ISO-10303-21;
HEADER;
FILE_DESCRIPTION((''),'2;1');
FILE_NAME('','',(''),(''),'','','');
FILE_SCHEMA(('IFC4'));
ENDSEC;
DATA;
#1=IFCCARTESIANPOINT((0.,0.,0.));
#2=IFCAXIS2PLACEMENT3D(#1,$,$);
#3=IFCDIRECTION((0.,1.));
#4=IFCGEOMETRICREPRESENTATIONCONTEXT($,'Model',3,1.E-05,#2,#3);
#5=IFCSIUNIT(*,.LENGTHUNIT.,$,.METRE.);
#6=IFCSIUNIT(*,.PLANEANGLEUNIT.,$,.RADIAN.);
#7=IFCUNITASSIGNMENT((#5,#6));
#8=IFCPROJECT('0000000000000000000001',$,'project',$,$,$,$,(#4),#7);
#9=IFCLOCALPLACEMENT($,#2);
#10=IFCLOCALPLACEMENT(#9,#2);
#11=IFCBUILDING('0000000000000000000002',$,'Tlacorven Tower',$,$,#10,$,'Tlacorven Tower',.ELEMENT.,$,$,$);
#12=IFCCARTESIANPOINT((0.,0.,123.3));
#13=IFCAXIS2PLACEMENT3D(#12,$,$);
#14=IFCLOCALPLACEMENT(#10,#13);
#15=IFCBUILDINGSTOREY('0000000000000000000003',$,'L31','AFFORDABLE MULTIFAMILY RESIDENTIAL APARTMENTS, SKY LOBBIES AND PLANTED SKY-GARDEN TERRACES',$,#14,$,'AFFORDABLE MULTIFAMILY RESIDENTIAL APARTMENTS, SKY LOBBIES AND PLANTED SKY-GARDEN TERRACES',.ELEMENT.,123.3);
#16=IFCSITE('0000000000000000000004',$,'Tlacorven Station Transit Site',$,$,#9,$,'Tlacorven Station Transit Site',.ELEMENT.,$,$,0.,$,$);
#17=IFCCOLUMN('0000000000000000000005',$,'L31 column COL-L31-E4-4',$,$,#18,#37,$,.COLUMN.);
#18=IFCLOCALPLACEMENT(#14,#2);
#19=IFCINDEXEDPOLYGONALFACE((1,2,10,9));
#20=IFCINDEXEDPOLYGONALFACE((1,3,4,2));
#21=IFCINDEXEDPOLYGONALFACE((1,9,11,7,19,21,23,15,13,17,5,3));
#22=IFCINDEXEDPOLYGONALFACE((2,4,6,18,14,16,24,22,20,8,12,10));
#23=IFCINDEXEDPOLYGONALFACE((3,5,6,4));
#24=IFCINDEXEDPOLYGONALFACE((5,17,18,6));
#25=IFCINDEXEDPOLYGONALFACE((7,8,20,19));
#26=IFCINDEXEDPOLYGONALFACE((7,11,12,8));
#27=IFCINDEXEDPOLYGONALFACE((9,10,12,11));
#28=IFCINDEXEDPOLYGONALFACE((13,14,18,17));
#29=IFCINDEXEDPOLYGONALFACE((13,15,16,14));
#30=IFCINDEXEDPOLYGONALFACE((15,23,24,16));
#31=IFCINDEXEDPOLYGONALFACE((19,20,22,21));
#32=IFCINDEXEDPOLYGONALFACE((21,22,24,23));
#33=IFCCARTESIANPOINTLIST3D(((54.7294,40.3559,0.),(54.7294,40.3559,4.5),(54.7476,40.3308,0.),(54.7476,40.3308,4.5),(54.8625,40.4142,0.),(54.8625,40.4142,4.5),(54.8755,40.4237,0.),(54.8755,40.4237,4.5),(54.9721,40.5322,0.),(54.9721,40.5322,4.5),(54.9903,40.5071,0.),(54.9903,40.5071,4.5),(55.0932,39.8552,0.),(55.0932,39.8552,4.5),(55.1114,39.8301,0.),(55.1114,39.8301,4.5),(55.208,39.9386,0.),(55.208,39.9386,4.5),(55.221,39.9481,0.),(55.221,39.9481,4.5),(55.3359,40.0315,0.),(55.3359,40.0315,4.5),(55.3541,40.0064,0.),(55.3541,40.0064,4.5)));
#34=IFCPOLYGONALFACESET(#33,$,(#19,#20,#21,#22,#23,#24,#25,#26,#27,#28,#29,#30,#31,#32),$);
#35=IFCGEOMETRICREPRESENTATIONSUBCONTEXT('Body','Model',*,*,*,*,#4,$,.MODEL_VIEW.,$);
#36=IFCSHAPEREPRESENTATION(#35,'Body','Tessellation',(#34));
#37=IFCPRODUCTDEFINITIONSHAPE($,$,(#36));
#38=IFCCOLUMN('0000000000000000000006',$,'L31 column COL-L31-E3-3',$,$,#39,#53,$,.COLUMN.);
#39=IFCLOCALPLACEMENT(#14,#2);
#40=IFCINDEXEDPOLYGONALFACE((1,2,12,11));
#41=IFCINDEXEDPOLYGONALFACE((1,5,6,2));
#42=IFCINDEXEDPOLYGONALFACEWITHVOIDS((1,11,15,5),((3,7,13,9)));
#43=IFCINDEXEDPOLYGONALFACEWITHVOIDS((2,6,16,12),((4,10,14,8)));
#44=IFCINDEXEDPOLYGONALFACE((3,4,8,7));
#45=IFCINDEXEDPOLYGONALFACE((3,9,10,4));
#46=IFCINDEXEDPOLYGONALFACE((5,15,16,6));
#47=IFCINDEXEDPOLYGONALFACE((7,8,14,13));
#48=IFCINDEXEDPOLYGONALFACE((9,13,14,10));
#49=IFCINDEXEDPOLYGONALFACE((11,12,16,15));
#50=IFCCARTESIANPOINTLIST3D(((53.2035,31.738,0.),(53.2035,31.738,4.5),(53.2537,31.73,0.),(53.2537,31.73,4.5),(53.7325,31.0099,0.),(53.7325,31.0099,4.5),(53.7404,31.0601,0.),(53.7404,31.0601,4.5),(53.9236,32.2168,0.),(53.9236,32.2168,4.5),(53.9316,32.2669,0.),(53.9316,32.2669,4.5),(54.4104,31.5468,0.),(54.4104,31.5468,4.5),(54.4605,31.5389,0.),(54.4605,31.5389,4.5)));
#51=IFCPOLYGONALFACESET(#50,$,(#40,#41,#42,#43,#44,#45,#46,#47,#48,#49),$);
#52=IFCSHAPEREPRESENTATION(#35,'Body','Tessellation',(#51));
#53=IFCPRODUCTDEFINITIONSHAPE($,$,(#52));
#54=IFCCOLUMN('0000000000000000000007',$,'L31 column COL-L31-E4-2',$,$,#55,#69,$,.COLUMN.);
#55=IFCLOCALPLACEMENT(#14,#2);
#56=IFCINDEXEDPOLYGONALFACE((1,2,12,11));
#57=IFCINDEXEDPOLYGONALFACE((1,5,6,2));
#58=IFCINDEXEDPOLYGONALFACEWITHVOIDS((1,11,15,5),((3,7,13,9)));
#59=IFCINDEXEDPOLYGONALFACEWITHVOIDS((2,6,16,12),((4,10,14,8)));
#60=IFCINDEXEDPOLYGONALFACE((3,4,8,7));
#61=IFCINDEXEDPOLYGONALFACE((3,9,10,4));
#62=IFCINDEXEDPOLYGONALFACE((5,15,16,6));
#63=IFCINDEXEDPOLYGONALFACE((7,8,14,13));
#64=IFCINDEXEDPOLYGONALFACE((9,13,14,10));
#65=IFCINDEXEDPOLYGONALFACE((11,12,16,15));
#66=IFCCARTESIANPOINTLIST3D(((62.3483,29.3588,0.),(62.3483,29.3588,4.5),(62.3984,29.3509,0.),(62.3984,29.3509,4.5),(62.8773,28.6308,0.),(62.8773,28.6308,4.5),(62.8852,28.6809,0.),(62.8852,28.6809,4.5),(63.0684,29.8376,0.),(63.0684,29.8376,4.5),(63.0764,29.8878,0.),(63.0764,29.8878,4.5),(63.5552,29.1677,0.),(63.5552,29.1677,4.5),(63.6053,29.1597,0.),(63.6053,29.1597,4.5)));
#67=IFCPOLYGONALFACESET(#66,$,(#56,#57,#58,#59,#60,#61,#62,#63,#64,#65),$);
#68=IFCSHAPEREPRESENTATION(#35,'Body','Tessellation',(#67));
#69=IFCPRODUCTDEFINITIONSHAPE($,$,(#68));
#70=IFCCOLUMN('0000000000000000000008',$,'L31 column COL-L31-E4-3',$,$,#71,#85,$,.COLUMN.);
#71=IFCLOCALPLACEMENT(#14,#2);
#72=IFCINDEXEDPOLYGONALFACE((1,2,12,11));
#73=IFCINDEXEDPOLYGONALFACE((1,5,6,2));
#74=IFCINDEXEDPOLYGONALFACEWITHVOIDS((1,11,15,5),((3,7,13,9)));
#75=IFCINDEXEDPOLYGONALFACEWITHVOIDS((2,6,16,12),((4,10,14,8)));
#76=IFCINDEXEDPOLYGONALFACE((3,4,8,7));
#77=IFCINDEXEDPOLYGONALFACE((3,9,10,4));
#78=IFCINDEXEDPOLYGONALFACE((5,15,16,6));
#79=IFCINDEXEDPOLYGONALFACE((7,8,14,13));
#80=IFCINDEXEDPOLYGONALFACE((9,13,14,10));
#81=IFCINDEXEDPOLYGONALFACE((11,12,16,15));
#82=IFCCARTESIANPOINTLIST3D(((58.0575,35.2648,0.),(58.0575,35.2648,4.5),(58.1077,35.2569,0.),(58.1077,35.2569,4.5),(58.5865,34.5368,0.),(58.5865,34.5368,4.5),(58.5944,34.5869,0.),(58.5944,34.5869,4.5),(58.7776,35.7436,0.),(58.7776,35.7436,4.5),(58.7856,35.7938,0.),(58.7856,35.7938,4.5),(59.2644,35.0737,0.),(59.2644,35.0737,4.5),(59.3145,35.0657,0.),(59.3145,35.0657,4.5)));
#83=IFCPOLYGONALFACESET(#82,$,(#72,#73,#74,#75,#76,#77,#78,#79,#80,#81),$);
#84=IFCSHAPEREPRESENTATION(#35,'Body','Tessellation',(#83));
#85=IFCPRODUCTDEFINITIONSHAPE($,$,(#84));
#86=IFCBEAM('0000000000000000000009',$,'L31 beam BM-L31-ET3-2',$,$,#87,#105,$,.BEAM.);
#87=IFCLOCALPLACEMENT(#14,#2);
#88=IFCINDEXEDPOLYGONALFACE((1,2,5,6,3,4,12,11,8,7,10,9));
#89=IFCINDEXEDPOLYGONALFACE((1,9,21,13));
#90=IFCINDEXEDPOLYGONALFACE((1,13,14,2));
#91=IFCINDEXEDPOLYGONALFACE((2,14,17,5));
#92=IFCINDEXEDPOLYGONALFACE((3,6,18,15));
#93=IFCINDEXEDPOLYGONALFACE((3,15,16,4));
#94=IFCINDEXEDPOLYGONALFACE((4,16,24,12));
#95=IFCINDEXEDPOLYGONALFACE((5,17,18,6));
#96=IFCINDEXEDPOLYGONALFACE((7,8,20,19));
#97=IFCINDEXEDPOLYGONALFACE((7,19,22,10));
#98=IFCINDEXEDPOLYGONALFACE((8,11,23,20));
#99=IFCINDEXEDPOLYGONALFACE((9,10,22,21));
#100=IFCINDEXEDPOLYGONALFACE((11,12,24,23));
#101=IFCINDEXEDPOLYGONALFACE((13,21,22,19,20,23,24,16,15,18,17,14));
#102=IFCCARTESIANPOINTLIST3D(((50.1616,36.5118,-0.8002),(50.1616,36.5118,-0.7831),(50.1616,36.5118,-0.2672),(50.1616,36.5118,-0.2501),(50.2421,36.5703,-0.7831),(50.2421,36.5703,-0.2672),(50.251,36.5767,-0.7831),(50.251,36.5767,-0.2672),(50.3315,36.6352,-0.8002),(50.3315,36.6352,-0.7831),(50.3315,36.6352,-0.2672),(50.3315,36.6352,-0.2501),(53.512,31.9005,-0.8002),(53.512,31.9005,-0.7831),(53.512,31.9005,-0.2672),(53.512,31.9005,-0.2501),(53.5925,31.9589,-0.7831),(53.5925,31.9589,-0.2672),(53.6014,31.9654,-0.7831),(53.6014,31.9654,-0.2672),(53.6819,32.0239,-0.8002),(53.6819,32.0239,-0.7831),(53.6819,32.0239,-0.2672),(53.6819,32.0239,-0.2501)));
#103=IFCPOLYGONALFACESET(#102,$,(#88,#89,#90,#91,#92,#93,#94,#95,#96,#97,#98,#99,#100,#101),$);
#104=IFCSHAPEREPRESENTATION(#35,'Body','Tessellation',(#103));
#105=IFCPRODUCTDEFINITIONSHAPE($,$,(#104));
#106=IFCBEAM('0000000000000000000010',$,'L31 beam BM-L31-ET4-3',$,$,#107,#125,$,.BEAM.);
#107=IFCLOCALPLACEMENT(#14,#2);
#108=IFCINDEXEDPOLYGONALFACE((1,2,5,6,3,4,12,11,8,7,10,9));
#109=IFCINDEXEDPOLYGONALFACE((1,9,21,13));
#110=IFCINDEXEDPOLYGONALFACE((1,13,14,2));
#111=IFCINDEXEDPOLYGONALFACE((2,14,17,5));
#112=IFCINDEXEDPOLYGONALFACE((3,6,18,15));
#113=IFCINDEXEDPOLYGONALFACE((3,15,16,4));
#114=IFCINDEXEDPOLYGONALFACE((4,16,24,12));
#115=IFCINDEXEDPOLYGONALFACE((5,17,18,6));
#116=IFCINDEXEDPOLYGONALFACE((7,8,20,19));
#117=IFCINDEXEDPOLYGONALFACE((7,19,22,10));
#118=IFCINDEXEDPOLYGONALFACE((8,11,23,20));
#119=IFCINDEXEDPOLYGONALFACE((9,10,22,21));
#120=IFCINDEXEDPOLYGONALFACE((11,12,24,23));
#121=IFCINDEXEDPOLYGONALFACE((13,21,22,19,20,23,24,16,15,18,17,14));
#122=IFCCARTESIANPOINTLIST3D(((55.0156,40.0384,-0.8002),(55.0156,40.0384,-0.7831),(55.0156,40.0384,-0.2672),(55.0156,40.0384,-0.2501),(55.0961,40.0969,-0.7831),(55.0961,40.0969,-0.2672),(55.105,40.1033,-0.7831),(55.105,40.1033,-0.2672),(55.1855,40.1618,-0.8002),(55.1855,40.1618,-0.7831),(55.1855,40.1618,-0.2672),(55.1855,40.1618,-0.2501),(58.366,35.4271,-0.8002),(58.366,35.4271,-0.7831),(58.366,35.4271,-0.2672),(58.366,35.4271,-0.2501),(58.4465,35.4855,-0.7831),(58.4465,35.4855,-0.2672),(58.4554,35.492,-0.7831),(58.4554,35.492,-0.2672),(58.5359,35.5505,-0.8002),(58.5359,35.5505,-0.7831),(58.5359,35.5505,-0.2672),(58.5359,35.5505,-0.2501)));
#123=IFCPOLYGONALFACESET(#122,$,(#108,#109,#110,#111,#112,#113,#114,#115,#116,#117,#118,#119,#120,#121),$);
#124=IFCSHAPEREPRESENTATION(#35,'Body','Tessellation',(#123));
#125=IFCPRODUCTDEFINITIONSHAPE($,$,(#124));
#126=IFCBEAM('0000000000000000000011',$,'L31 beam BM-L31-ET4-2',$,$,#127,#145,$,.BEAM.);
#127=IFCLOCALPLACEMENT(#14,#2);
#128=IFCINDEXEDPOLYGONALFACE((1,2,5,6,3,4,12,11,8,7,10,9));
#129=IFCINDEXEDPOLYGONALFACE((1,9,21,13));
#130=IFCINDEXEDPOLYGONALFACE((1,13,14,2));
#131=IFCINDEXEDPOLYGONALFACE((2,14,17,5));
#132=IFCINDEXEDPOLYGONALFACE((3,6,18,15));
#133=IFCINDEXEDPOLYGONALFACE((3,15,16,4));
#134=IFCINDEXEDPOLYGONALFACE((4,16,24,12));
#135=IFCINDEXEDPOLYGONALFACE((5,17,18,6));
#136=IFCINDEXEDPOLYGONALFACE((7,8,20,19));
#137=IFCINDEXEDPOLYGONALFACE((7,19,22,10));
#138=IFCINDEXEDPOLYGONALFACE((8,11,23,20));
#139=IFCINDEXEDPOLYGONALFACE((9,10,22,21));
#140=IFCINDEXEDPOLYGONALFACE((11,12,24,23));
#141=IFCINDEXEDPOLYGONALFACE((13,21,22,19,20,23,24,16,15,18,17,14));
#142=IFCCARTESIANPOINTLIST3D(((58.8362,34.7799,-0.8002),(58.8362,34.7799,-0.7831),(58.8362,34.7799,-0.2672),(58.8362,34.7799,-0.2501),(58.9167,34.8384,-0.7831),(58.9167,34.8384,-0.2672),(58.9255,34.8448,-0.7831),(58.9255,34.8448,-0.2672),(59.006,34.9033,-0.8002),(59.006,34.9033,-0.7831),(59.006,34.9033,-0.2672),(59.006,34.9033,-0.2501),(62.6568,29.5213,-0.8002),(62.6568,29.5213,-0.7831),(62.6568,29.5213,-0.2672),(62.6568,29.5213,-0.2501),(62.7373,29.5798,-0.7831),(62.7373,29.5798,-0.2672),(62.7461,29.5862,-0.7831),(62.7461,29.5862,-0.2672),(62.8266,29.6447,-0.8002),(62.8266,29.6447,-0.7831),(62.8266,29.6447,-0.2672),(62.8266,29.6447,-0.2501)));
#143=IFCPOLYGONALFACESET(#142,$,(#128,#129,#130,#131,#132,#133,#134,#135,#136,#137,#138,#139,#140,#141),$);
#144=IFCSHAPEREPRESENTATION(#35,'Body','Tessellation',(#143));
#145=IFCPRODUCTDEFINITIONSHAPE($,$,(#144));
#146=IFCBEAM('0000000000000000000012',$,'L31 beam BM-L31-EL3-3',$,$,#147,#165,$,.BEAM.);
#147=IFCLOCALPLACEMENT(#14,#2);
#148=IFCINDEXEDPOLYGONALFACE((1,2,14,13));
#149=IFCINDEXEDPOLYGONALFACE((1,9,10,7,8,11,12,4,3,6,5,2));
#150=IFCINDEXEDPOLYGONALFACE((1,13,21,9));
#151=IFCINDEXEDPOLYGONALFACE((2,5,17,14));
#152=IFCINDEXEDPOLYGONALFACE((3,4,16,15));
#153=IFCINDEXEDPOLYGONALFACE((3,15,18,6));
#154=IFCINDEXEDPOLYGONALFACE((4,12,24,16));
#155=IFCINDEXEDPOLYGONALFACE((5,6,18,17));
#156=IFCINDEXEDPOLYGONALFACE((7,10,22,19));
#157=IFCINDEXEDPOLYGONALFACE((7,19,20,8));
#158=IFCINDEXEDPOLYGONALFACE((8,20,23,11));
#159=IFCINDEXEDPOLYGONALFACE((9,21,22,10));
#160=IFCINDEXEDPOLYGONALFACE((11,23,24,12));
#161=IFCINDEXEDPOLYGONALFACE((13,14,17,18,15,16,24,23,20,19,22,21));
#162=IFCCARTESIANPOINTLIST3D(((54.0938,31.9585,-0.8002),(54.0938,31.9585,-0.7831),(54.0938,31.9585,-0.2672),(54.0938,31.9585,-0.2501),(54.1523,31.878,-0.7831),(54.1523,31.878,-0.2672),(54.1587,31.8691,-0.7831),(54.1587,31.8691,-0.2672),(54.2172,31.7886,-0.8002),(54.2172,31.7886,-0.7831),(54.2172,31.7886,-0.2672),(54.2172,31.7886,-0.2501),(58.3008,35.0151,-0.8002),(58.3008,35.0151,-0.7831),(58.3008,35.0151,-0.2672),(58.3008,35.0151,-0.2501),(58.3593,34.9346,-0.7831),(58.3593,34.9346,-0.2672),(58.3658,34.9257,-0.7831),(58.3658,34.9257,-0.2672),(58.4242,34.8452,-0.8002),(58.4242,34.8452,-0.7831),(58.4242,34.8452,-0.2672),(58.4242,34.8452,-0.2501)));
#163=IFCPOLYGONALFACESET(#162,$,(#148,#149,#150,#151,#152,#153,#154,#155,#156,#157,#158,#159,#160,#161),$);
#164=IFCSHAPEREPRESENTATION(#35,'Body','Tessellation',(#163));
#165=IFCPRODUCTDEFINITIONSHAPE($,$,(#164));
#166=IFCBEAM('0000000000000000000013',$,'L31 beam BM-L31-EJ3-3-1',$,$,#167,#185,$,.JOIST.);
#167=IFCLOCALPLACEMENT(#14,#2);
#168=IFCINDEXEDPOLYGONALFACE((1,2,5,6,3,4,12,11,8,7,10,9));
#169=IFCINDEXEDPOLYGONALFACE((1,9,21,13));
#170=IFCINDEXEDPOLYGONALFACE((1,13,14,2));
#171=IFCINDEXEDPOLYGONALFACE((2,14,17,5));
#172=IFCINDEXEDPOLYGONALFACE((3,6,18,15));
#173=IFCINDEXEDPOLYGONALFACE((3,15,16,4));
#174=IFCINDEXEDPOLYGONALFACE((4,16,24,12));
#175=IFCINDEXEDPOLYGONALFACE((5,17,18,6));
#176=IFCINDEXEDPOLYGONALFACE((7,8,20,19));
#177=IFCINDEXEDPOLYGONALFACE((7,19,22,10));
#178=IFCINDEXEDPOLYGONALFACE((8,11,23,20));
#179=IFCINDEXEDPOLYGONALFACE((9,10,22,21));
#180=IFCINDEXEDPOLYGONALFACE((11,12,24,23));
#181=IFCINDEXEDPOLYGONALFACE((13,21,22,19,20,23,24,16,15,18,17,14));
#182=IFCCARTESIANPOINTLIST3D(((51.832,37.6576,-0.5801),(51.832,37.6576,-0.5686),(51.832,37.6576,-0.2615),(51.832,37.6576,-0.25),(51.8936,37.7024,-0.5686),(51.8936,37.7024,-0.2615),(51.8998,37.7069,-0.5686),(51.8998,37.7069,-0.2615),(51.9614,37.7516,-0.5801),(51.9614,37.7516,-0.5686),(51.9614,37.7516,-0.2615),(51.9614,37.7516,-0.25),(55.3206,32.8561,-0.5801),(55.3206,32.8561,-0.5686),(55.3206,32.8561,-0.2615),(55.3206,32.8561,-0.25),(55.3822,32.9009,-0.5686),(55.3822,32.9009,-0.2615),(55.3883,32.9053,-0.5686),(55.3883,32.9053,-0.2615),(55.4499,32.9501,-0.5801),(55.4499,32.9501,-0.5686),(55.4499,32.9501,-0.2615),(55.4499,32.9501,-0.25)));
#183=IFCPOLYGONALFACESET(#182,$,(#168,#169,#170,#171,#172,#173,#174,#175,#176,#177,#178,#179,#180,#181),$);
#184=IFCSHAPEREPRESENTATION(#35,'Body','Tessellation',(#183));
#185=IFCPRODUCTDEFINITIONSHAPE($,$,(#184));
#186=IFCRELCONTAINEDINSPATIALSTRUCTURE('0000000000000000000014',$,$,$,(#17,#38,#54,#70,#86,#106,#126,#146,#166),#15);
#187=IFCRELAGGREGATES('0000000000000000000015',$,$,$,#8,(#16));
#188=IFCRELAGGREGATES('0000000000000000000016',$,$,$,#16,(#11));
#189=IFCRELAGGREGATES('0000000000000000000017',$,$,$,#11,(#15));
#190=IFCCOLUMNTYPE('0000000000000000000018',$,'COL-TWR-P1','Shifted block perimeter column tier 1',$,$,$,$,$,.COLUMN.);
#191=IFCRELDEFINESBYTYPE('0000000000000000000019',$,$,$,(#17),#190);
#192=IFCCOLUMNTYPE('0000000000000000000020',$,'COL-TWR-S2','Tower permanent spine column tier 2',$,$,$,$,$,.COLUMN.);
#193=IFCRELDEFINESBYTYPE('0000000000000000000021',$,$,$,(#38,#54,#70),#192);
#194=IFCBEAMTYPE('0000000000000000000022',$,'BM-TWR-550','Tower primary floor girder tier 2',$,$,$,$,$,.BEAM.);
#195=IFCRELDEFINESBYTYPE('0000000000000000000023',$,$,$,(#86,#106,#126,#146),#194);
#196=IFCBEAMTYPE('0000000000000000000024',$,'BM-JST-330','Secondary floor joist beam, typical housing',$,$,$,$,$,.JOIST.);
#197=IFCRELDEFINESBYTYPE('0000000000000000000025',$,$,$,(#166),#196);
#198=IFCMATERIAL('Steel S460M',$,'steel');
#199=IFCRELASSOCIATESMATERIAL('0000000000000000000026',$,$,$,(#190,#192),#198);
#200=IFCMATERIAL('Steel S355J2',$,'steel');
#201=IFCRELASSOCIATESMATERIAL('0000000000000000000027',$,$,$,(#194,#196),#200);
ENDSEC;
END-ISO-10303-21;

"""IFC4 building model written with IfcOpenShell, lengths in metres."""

from ifc_helpers import new_model, si_unit, direction, frame, origin, origin_2d, place, context, subcontext, project, spatial, hollow_rectangle, i_section, extrude, source, transform, mapped, material, material_profile, profile_set, type_object, element, save


model = new_model("IFC4")

# Units and contexts
model_context = context("Model", 3, precision=1e-05, world=origin(), true_north=direction((0.0, 1.0)))
body_context = subcontext(model_context, "Body", "Model", "MODEL_VIEW")
ifc_project = project(units=[si_unit("LENGTHUNIT", "METRE"), si_unit("PLANEANGLEUNIT", "RADIAN")], contexts=[model_context])

# Site, building, storey
site_placement = place(None, origin())
site = spatial("IfcSite", under=ifc_project, at=site_placement, Name="Tlacorven Station Transit Site", LongName="Tlacorven Station Transit Site", CompositionType="ELEMENT", RefElevation=0.0)
building_placement = place(site_placement, origin())
building = spatial("IfcBuilding", under=site, at=building_placement, Name="Tlacorven Tower", LongName="Tlacorven Tower", CompositionType="ELEMENT")
storey_placement = place(building_placement, frame((0.0, 0.0, 123.3)))
storey = spatial("IfcBuildingStorey", under=building, at=storey_placement, Name="L31", Description="AFFORDABLE MULTIFAMILY RESIDENTIAL APARTMENTS, SKY LOBBIES AND PLANTED SKY-GARDEN TERRACES", LongName="AFFORDABLE MULTIFAMILY RESIDENTIAL APARTMENTS, SKY LOBBIES AND PLANTED SKY-GARDEN TERRACES", CompositionType="ELEMENT", Elevation=123.3)

# Columns
ifc_material_1 = material(Name="Steel S460M", Category="steel")
ifc_material_profile_1 = material_profile(ifc_material_1, i_section(OverallWidth=0.3, OverallDepth=0.6499, WebThickness=0.0161, FlangeThickness=0.031, at=origin_2d()), Name="HEB 650")
ifc_profile_set_1 = profile_set([ifc_material_profile_1], Name="Steel S460M")
column_type_1 = type_object("IfcColumnType", Name="COL-TWR-P1", Description="Shifted block perimeter column tier 1", PredefinedType="COLUMN", material=ifc_profile_set_1)
shared_shape_1 = source(origin(), body_context, "Body", "SweptSolid", [
    extrude(i_section(OverallWidth=0.3, OverallDepth=0.6499, WebThickness=0.0161, FlangeThickness=0.031, at=origin_2d()), origin(), (0.0, 0.0, 1.0), 4.5),
])
column_placement = place(storey_placement, frame((55.0417, 40.1812, 0.0), z_axis=(0.0, 0.0, 1.0), x_axis=(0.809017, 0.587785, 0.0)))
element("IfcColumn", 1, at=column_placement, inside=storey, type_object=column_type_1, Name="L31 column COL-L31-E4-4", PredefinedType="COLUMN", context=body_context, shape_type="MappedRepresentation", body=[
    mapped(shared_shape_1, transform((0.0, 0.0, 0.0), scale=1.0)),
])
ifc_material_profile_2 = material_profile(ifc_material_1, hollow_rectangle(XDim=0.8999, YDim=0.8999, WallThickness=0.0359, at=origin_2d()), Name="BOX 900X900X36")
ifc_profile_set_2 = profile_set([ifc_material_profile_2], Name="Steel S460M")
column_type_2 = type_object("IfcColumnType", Name="COL-TWR-S2", Description="Tower permanent spine column tier 2", PredefinedType="COLUMN", material=ifc_profile_set_2)
shared_shape_2 = source(origin(), body_context, "Body", "SweptSolid", [
    extrude(hollow_rectangle(XDim=0.8999, YDim=0.8999, WallThickness=0.0359, at=origin_2d()), origin(), (0.0, 0.0, 1.0), 4.5),
])
for number, where, z_axis, x_axis, name in (
    (2, (53.832, 31.6384, 0.0), (0.0, 0.0, 1.0), (0.809017, 0.587785, 0.0), "L31 column COL-L31-E3-3"),
    (3, (62.9768, 29.2593, 0.0), (0.0, 0.0, 1.0), (0.809017, 0.587785, 0.0), "L31 column COL-L31-E4-2"),
    (4, (58.686, 35.1653, 0.0), (0.0, 0.0, 1.0), (0.809017, 0.587785, 0.0), "L31 column COL-L31-E4-3"),
):
    element("IfcColumn", number, at=place(storey_placement, frame(where, z_axis=z_axis, x_axis=x_axis)), inside=storey, type_object=column_type_2, Name=name, PredefinedType="COLUMN", context=body_context, shape_type="MappedRepresentation", body=[
        mapped(shared_shape_2, transform((0.0, 0.0, 0.0), scale=1.0)),
    ])

# Beams
ifc_material_2 = material(Name="Steel S355J2", Category="steel")
ifc_material_profile_3 = material_profile(ifc_material_2, i_section(OverallWidth=0.21, OverallDepth=0.55, WebThickness=0.011, FlangeThickness=0.0171, at=origin_2d()), Name="IPE 550")
ifc_profile_set_3 = profile_set([ifc_material_profile_3], Name="Steel S355J2")
beam_type_1 = type_object("IfcBeamType", Name="BM-TWR-550", Description="Tower primary floor girder tier 2", PredefinedType="BEAM", material=ifc_profile_set_3)
shared_shape_3 = source(origin(), body_context, "Body", "SweptSolid", [
    extrude(i_section(OverallWidth=0.21, OverallDepth=0.55, WebThickness=0.011, FlangeThickness=0.0171, at=origin_2d()), origin(), (0.0, 0.0, 1.0), 5.7),
])
for number, where, z_axis, x_axis, name in (
    (5, (53.5969, 31.9622, -0.5251), (-0.587787, 0.809016, 0.0), (-0.809016, -0.587787, 0.0), "L31 beam BM-L31-ET3-2"),
    (6, (58.4509, 35.4888, -0.5251), (-0.587787, 0.809016, 0.0), (-0.809016, -0.587787, 0.0), "L31 beam BM-L31-ET4-3"),
):
    element("IfcBeam", number, at=place(storey_placement, frame(where, z_axis=z_axis, x_axis=x_axis)), inside=storey, type_object=beam_type_1, Name=name, PredefinedType="BEAM", context=body_context, shape_type="MappedRepresentation", body=[
        mapped(shared_shape_3, transform((0.0, 0.0, 0.0), scale=1.0)),
    ])
shared_shape_4 = source(origin(), body_context, "Body", "SweptSolid", [
    extrude(i_section(OverallWidth=0.21, OverallDepth=0.55, WebThickness=0.011, FlangeThickness=0.0171, at=origin_2d()), origin(), (0.0, 0.0, 1.0), 6.5),
])
beam_1_placement = place(storey_placement, frame((62.7417, 29.583, -0.5251), z_axis=(-0.587785, 0.809017, 0.0), x_axis=(-0.809017, -0.587785, 0.0)))
element("IfcBeam", 7, at=beam_1_placement, inside=storey, type_object=beam_type_1, Name="L31 beam BM-L31-ET4-2", PredefinedType="BEAM", context=body_context, shape_type="MappedRepresentation", body=[
    mapped(shared_shape_4, transform((0.0, 0.0, 0.0), scale=1.0)),
])
shared_shape_5 = source(origin(), body_context, "Body", "SweptSolid", [
    extrude(i_section(OverallWidth=0.21, OverallDepth=0.55, WebThickness=0.011, FlangeThickness=0.0171, at=origin_2d()), origin(), (0.0, 0.0, 1.0), 5.2002),
])
beam_2_placement = place(storey_placement, frame((54.1555, 31.8735, -0.5251), z_axis=(0.809012, 0.587792, 0.0), x_axis=(-0.587792, 0.809012, 0.0)))
element("IfcBeam", 8, at=beam_2_placement, inside=storey, type_object=beam_type_1, Name="L31 beam BM-L31-EL3-3", PredefinedType="BEAM", context=body_context, shape_type="MappedRepresentation", body=[
    mapped(shared_shape_5, transform((0.0, 0.0, 0.0), scale=1.0)),
])
ifc_material_profile_4 = material_profile(ifc_material_2, i_section(OverallWidth=0.1599, OverallDepth=0.3301, WebThickness=0.0076, FlangeThickness=0.0115, at=origin_2d()), Name="IPE 330")
ifc_profile_set_4 = profile_set([ifc_material_profile_4], Name="Steel S355J2")
beam_type_2 = type_object("IfcBeamType", Name="BM-JST-330", Description="Secondary floor joist beam, typical housing", PredefinedType="JOIST", material=ifc_profile_set_4)
shared_shape_6 = source(origin(), body_context, "Body", "SweptSolid", [
    extrude(i_section(OverallWidth=0.1599, OverallDepth=0.3301, WebThickness=0.0076, FlangeThickness=0.0115, at=origin_2d()), origin(), (0.0, 0.0, 1.0), 5.9351),
])
for number, where, z_axis, x_axis, name in (
    (9, (55.3853, 32.9031, -0.415), (-0.587788, 0.809015, 0.0), (-0.809015, -0.587788, 0.0), "L31 beam BM-L31-EJ3-3-1"),
):
    element("IfcBeam", number, at=place(storey_placement, frame(where, z_axis=z_axis, x_axis=x_axis)), inside=storey, type_object=beam_type_2, Name=name, PredefinedType="JOIST", context=body_context, shape_type="MappedRepresentation", body=[
        mapped(shared_shape_6, transform((0.0, 0.0, 0.0), scale=1.0)),
    ])

save(model, "model.ifc")
